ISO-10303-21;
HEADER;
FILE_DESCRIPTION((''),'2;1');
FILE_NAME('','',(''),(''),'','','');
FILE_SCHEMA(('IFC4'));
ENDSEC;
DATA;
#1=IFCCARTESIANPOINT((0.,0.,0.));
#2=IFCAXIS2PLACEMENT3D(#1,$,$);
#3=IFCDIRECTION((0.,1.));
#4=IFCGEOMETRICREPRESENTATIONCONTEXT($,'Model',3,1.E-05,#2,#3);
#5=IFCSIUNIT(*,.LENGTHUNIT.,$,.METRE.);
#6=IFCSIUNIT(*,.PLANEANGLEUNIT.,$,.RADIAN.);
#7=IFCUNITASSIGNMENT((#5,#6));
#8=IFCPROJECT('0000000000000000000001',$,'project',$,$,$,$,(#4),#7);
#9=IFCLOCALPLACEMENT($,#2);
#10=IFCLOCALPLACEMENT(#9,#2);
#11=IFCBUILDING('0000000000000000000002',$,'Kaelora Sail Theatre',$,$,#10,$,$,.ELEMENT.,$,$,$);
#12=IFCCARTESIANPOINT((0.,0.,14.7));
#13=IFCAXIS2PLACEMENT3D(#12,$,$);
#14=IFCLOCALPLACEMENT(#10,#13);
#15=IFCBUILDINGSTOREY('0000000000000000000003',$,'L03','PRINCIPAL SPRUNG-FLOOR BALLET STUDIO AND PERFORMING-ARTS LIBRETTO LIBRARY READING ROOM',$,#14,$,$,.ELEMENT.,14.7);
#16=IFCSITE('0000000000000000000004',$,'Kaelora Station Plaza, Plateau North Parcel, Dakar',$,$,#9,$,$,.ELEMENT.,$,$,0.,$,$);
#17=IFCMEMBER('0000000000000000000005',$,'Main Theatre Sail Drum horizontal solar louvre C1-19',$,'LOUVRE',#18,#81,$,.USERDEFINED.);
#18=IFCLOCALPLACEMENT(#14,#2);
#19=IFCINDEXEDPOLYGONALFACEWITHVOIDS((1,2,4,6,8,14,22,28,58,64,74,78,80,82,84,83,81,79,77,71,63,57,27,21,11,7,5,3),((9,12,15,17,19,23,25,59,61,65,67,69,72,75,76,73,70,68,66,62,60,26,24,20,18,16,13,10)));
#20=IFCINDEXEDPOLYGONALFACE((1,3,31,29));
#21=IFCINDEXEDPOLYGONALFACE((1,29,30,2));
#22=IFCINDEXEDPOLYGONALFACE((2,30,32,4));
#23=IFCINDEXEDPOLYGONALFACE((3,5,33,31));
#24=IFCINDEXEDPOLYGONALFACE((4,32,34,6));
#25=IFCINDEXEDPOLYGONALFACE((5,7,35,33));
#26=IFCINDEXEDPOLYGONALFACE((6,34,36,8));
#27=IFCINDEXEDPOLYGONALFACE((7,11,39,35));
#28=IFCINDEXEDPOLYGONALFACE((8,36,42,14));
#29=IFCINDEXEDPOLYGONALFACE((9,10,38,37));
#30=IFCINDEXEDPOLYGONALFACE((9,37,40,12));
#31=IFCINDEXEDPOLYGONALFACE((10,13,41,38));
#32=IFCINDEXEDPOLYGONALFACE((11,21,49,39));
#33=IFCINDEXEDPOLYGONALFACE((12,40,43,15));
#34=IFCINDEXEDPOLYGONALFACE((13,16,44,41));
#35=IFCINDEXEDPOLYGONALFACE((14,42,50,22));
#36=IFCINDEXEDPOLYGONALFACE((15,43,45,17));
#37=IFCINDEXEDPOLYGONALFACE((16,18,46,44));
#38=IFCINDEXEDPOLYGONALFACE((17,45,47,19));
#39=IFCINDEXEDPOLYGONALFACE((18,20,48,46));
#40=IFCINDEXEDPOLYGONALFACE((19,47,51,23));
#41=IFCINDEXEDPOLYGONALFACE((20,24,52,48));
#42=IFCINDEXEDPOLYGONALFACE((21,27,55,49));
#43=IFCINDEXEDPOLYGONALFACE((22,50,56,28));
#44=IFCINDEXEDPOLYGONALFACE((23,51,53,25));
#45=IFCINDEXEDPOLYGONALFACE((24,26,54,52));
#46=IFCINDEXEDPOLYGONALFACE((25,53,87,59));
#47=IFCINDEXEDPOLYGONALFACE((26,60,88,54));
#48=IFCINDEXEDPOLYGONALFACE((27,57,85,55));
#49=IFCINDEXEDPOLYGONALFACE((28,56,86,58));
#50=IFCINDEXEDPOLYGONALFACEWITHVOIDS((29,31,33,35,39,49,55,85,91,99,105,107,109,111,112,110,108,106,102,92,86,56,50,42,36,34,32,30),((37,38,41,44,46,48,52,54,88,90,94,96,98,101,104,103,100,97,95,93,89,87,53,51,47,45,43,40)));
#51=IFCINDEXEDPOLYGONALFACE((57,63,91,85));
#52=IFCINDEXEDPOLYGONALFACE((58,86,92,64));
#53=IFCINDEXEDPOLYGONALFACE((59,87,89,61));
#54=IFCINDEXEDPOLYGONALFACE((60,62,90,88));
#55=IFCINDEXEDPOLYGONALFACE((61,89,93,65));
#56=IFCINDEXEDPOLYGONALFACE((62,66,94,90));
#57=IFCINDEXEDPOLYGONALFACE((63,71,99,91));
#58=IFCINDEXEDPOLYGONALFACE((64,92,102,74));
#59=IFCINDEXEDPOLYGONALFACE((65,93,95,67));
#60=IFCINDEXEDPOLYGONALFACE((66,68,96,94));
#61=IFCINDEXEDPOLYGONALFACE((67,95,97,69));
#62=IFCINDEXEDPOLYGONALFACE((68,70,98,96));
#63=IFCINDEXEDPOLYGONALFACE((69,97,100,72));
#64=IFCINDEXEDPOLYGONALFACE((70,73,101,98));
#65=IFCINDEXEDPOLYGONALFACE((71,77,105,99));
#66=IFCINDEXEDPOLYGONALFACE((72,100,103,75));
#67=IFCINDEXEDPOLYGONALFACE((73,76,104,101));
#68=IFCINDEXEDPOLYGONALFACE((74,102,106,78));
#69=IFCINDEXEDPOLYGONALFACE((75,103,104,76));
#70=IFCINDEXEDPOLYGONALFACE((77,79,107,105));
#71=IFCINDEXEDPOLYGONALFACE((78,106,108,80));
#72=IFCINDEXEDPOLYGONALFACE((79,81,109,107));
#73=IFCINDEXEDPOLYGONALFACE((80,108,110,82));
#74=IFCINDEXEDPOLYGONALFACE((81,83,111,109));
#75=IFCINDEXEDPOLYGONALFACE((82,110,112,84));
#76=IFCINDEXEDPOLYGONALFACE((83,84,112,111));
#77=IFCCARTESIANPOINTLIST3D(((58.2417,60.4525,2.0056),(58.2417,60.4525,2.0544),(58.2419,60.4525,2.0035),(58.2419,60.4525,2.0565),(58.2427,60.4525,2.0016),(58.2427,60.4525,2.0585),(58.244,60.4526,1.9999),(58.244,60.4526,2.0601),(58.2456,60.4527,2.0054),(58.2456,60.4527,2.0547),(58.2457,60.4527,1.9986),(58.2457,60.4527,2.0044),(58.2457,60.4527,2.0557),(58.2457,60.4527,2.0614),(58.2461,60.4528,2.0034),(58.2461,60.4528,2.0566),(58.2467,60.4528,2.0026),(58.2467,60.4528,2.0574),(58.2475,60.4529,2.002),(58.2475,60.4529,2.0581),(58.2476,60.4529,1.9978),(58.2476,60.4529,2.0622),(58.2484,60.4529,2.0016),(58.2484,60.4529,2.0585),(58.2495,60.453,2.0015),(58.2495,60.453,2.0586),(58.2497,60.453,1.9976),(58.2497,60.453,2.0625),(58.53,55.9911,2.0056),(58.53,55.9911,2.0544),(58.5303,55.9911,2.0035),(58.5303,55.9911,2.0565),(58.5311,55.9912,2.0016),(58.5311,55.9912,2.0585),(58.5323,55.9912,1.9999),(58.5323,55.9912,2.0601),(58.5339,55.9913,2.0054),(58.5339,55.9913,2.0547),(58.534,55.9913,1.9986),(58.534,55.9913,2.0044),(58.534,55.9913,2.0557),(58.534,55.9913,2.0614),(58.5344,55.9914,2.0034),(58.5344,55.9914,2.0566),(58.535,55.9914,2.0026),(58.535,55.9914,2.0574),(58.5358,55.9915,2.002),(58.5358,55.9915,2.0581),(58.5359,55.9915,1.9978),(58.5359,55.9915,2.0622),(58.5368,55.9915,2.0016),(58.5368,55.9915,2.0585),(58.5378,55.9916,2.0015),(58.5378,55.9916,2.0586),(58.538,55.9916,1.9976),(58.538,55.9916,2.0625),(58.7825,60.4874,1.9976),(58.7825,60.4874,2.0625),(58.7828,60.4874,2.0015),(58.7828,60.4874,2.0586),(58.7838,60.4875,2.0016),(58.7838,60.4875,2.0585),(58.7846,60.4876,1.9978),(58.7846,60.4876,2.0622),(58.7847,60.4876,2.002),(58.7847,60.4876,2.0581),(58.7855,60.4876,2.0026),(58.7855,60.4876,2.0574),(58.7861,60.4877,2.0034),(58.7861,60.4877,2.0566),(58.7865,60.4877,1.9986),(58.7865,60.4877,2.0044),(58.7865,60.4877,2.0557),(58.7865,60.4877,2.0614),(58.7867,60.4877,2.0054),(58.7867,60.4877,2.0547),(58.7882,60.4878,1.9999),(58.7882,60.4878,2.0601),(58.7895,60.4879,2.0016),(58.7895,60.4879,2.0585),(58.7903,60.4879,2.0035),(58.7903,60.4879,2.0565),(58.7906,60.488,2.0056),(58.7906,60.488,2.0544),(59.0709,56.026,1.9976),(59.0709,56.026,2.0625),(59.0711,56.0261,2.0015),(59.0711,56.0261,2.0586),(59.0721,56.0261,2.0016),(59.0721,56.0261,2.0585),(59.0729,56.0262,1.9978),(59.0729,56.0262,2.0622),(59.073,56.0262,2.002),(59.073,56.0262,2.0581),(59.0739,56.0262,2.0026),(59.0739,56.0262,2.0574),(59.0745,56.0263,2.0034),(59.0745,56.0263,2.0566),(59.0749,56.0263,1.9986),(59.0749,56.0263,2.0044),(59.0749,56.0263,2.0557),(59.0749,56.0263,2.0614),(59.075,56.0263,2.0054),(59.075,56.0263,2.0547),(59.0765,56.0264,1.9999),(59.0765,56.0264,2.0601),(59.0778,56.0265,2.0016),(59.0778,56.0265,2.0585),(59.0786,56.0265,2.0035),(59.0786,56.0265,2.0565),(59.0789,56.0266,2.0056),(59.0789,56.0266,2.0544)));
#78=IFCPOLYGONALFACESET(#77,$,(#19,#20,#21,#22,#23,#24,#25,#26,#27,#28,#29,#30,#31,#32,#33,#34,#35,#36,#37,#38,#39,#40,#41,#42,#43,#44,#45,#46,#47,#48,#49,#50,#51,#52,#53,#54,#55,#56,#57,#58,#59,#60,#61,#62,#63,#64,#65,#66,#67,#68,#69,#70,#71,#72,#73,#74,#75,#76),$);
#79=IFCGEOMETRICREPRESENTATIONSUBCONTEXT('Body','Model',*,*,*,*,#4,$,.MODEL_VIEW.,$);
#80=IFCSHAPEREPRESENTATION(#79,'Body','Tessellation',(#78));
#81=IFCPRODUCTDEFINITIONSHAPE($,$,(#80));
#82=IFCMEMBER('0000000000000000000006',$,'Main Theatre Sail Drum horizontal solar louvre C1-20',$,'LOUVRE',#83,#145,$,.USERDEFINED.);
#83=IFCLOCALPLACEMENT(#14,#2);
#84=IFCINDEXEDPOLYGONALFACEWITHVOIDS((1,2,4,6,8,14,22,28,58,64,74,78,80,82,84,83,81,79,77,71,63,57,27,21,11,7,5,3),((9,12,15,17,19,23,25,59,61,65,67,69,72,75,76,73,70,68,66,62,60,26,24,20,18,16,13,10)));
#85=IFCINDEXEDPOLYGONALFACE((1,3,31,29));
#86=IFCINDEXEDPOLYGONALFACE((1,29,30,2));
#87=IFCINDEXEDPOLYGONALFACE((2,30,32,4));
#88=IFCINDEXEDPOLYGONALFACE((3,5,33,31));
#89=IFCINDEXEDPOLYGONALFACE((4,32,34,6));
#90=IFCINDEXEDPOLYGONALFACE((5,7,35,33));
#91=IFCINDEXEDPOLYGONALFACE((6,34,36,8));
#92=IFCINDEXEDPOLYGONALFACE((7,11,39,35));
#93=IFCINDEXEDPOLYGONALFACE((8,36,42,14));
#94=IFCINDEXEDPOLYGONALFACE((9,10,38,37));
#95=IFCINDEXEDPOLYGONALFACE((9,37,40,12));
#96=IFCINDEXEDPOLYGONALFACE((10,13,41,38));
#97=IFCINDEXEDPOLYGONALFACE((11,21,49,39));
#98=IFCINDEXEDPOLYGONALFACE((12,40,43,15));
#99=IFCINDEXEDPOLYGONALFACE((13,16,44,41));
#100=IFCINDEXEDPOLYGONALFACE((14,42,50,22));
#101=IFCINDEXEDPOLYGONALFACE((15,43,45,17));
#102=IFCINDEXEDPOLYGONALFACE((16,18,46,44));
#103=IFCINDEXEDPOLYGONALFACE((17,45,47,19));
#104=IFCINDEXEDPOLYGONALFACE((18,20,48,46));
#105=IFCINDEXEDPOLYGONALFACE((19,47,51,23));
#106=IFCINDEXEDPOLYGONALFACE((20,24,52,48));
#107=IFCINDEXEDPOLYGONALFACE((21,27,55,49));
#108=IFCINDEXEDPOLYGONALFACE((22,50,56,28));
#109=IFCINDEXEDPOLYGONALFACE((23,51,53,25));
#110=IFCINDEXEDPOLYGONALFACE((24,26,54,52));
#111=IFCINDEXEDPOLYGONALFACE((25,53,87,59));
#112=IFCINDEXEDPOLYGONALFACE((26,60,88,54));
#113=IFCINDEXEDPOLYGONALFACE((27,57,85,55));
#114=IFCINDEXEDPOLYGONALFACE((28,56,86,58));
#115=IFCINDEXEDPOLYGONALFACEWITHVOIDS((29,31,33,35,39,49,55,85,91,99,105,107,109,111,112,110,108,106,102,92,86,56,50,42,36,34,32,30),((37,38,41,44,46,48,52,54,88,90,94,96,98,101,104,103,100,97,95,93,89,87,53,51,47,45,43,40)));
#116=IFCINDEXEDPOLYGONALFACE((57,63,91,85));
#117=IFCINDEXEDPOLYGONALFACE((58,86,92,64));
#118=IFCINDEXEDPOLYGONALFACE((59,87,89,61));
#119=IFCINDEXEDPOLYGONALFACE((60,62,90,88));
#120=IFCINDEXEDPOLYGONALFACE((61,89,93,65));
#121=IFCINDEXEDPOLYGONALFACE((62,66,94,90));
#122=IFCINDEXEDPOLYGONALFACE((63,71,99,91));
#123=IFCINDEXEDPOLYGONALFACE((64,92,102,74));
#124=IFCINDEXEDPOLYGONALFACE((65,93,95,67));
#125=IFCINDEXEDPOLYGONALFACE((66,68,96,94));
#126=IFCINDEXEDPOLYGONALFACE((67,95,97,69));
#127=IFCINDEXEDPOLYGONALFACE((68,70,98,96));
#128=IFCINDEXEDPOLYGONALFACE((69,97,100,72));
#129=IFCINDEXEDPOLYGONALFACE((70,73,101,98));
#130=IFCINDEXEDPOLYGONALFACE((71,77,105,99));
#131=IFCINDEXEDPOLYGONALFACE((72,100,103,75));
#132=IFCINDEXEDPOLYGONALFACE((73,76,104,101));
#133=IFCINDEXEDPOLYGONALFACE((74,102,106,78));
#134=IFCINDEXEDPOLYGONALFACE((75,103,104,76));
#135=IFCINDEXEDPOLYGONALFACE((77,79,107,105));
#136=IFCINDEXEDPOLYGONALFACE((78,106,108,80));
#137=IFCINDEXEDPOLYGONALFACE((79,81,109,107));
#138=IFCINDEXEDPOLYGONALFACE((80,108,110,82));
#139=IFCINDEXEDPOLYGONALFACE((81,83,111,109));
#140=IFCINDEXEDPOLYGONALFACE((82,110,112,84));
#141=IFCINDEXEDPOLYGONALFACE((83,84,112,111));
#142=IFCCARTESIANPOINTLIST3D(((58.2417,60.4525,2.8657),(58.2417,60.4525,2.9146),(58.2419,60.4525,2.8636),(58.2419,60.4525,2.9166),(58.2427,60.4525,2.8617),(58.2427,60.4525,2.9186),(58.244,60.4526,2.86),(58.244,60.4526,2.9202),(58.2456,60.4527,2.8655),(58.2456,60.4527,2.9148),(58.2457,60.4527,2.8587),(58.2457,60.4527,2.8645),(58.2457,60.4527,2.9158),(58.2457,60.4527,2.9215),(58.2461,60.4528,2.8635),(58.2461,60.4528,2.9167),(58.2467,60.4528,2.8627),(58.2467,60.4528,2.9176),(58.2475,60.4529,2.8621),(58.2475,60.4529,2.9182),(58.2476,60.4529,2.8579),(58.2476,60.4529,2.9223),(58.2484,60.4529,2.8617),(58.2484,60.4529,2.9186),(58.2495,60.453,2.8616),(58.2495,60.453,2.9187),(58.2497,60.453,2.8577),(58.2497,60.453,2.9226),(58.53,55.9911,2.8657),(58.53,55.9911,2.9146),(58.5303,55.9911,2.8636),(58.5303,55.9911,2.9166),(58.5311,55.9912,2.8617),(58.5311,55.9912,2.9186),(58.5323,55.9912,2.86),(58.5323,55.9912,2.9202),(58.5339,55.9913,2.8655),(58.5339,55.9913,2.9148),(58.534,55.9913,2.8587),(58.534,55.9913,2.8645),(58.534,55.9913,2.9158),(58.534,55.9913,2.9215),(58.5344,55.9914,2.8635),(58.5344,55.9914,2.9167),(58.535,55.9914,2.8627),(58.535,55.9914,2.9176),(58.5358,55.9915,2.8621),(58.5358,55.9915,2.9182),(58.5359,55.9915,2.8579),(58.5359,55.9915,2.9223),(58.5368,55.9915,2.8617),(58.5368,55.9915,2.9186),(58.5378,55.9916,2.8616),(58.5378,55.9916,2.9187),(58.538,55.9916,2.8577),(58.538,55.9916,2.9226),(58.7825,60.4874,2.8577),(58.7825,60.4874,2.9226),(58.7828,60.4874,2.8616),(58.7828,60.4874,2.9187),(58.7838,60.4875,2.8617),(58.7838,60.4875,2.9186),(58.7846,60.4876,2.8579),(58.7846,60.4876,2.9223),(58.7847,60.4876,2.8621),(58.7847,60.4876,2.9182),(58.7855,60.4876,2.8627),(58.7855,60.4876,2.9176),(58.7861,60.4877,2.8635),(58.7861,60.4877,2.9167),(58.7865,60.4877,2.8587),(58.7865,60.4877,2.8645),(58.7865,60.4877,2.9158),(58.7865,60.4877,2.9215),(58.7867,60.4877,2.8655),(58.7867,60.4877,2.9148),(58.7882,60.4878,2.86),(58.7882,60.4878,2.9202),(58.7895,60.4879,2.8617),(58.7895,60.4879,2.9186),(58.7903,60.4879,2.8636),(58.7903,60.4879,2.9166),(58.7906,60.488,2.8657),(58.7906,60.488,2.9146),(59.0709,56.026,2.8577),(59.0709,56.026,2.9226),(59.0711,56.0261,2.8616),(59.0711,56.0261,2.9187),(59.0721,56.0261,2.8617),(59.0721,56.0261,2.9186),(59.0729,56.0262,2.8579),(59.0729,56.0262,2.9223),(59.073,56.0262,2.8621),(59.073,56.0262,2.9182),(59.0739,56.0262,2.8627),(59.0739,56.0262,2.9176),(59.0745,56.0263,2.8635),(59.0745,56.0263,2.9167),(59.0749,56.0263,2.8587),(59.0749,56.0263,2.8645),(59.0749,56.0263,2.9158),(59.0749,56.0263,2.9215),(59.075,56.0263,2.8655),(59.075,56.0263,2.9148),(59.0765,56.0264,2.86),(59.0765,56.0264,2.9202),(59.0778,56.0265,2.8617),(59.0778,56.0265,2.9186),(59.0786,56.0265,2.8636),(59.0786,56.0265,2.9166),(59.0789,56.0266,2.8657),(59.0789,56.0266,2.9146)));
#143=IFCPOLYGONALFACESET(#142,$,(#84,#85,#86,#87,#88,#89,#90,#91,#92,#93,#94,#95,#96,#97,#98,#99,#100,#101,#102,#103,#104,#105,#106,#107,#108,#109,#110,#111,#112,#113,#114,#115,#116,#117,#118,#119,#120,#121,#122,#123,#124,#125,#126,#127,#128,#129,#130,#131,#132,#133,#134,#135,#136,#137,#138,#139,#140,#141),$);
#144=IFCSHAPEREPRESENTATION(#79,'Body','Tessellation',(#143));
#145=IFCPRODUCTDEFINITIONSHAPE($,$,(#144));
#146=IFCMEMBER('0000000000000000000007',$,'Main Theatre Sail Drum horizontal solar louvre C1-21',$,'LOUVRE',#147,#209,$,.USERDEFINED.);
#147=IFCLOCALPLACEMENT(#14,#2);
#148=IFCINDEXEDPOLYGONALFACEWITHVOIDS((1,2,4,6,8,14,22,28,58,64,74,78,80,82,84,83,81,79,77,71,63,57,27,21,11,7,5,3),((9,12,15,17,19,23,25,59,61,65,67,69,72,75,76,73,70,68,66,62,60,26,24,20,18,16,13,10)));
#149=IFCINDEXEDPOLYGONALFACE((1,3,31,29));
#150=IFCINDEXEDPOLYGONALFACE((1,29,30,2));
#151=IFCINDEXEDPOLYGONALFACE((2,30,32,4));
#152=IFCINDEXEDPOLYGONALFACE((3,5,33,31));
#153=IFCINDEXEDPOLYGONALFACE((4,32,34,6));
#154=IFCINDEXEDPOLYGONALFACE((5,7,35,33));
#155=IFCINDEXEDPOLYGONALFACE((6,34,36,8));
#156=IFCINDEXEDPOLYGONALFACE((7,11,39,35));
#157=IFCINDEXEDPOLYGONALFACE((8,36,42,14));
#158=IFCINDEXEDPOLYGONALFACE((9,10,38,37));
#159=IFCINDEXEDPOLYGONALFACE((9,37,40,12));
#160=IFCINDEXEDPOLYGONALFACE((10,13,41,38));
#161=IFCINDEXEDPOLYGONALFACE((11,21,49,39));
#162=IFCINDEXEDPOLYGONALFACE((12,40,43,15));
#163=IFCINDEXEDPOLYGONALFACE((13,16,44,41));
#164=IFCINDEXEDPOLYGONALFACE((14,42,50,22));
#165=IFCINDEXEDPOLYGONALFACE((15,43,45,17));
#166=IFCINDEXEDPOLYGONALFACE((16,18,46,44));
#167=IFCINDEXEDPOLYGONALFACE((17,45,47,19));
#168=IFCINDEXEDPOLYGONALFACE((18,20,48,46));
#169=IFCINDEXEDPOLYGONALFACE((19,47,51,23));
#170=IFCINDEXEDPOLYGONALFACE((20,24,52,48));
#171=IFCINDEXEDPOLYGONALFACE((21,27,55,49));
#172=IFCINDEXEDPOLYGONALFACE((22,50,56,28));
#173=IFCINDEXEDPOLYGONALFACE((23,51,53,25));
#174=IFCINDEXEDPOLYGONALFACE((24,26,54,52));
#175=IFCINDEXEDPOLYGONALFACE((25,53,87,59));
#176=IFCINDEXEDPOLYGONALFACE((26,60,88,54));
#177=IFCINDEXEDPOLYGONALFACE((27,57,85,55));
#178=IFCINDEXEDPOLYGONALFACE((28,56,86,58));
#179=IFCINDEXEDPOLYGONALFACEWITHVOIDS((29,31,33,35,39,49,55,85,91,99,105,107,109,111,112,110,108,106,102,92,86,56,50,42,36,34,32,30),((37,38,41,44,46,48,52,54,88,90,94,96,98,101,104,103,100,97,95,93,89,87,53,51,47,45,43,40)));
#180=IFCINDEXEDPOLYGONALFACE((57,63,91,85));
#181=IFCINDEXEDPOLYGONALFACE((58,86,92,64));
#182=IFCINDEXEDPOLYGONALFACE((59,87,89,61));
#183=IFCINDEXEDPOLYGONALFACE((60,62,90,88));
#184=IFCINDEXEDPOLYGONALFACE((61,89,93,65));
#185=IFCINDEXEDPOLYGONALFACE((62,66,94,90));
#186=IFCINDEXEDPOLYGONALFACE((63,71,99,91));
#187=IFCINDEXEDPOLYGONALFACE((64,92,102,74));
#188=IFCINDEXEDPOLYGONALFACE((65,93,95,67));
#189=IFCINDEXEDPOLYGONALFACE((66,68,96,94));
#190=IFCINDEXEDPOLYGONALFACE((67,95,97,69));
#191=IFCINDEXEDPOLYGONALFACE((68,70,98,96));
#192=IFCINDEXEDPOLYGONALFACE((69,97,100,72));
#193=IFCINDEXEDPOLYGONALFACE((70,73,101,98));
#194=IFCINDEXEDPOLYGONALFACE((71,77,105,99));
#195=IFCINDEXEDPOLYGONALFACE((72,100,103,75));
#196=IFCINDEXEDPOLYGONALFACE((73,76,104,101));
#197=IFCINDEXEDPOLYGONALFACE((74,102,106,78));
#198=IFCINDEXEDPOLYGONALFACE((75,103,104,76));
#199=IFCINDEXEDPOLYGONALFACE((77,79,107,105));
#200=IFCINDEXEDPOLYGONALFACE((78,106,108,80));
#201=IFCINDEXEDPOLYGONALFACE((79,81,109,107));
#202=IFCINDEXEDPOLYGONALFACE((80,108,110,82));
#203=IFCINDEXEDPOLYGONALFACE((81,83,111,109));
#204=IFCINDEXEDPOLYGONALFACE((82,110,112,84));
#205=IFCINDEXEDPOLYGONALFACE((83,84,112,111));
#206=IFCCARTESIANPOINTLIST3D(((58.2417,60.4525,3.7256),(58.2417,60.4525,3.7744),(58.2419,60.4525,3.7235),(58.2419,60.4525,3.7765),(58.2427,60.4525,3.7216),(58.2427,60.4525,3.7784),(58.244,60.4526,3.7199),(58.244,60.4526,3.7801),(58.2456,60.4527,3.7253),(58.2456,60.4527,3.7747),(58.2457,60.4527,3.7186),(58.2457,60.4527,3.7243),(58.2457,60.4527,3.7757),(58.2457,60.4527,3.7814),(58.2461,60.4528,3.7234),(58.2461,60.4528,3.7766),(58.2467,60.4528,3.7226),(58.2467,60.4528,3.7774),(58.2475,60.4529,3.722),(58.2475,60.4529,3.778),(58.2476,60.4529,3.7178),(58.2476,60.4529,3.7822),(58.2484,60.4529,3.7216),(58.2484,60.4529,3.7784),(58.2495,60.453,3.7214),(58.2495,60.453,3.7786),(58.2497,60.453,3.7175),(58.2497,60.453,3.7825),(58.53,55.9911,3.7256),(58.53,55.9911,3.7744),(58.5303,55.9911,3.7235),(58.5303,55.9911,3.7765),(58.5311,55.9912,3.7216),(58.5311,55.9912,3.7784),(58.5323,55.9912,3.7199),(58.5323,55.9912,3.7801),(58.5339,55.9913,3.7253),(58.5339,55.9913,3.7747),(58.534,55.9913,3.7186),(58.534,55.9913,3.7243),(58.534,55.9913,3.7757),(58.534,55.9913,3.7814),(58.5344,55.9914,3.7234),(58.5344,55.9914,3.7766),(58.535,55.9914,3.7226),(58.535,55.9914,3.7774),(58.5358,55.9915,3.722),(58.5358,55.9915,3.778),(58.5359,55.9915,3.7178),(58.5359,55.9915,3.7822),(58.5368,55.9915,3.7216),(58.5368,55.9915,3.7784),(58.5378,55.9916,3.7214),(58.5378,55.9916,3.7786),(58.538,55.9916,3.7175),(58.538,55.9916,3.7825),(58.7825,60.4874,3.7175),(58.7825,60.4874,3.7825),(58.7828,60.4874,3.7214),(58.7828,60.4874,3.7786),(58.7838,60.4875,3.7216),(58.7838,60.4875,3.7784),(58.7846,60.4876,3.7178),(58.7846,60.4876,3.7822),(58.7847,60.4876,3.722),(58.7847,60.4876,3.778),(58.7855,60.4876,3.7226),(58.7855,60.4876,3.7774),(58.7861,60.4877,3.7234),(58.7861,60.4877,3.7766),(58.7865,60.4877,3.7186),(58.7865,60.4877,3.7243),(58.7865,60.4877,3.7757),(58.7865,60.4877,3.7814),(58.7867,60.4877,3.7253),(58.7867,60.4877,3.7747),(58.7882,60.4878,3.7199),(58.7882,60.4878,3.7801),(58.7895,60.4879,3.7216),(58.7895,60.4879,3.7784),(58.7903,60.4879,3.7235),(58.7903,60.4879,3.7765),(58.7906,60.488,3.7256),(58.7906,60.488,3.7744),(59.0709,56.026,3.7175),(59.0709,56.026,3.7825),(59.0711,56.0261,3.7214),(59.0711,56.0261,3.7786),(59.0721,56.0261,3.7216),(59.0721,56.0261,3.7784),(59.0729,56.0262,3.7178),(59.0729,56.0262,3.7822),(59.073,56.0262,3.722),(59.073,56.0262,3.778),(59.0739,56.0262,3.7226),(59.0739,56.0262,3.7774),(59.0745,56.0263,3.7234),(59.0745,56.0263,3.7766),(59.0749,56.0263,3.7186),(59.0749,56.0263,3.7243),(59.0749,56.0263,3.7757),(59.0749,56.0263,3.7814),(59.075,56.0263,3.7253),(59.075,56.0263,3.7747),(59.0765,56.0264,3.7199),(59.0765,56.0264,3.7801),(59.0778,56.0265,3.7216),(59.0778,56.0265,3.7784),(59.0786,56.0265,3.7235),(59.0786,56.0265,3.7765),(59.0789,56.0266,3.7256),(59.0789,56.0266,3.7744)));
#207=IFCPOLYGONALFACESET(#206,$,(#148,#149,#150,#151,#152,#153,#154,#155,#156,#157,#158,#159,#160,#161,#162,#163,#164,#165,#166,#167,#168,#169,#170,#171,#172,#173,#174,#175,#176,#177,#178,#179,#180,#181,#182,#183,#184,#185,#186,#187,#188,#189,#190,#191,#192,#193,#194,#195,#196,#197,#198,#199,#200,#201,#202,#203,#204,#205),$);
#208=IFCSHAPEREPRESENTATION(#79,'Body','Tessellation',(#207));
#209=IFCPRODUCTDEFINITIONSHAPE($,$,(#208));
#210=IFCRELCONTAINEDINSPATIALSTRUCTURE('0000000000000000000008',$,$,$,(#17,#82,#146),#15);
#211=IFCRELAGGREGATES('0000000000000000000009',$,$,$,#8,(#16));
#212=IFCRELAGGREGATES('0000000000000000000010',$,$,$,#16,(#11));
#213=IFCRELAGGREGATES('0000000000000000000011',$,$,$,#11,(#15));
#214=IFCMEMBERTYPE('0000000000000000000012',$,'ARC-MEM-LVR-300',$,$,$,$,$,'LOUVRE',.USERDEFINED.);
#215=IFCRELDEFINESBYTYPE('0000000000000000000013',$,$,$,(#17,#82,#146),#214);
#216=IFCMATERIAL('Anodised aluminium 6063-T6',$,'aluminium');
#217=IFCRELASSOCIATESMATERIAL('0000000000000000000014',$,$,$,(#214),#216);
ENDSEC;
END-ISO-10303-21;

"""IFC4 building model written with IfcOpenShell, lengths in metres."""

from ifc_helpers import new_model, si_unit, direction, frame, origin, origin_2d, place, context, subcontext, project, spatial, hollow_rectangle, extrude, material, material_profile, profile_set, type_object, element, save


model = new_model("IFC4")

# Units and contexts
model_context = context("Model", 3, precision=1e-05, world=origin(), true_north=direction((0.0, 1.0)))
body_context = subcontext(model_context, "Body", "Model", "MODEL_VIEW")
ifc_project = project(units=[si_unit("LENGTHUNIT", "METRE"), si_unit("PLANEANGLEUNIT", "RADIAN")], contexts=[model_context])

# Site, building, storey
site_placement = place(None, origin())
site = spatial("IfcSite", under=ifc_project, at=site_placement, Name="Kaelora Station Plaza, Plateau North Parcel, Dakar", CompositionType="ELEMENT", RefElevation=0.0)
building_placement = place(site_placement, origin())
building = spatial("IfcBuilding", under=site, at=building_placement, Name="Kaelora Sail Theatre", CompositionType="ELEMENT")
storey_placement = place(building_placement, frame((0.0, 0.0, 14.7)))
storey = spatial("IfcBuildingStorey", under=building, at=storey_placement, Name="L03", Description="PRINCIPAL SPRUNG-FLOOR BALLET STUDIO AND PERFORMING-ARTS LIBRETTO LIBRARY READING ROOM", CompositionType="ELEMENT", Elevation=14.7)

# Members
ifc_material_1 = material(Name="Anodised aluminium 6063-T6", Category="aluminium")
ifc_material_profile_1 = material_profile(ifc_material_1, hollow_rectangle(XDim=0.55, YDim=0.0649, WallThickness=0.0039, InnerFilletRadius=0.0039, OuterFilletRadius=0.0081, at=origin_2d()), Name="LOUVRE 550x65x4")
ifc_profile_set_1 = profile_set([ifc_material_profile_1], Name="Anodised aluminium 6063-T6")
member_type = type_object("IfcMemberType", Name="ARC-MEM-LVR-300", ElementType="LOUVRE", PredefinedType="USERDEFINED", material=ifc_profile_set_1)
for number, where, z_axis, x_axis, name in (
    (1, (58.5161, 60.4702, 2.03), (0.064493, -0.997918, 0.0), (0.997918, 0.064493, 0.0), "Main Theatre Sail Drum horizontal solar louvre C1-19"),
    (2, (58.5161, 60.4702, 2.8901), (0.064493, -0.997918, 0.0), (0.997918, 0.064493, 0.0), "Main Theatre Sail Drum horizontal solar louvre C1-20"),
    (3, (58.5161, 60.4702, 3.75), (0.064493, -0.997918, 0.0), (0.997918, 0.064493, 0.0), "Main Theatre Sail Drum horizontal solar louvre C1-21"),
):
    element("IfcMember", number, at=place(storey_placement, frame(where, z_axis=z_axis, x_axis=x_axis)), inside=storey, type_object=member_type, Name=name, ObjectType="LOUVRE", PredefinedType="USERDEFINED", context=body_context, shape_type="SweptSolid", body=[
        extrude(hollow_rectangle(XDim=0.55, YDim=0.0649, WallThickness=0.0039, InnerFilletRadius=0.0039, OuterFilletRadius=0.0081, at=origin_2d()), origin(), (0.0, 0.0, 1.0), 4.4707),
    ])

save(model, "model.ifc")
